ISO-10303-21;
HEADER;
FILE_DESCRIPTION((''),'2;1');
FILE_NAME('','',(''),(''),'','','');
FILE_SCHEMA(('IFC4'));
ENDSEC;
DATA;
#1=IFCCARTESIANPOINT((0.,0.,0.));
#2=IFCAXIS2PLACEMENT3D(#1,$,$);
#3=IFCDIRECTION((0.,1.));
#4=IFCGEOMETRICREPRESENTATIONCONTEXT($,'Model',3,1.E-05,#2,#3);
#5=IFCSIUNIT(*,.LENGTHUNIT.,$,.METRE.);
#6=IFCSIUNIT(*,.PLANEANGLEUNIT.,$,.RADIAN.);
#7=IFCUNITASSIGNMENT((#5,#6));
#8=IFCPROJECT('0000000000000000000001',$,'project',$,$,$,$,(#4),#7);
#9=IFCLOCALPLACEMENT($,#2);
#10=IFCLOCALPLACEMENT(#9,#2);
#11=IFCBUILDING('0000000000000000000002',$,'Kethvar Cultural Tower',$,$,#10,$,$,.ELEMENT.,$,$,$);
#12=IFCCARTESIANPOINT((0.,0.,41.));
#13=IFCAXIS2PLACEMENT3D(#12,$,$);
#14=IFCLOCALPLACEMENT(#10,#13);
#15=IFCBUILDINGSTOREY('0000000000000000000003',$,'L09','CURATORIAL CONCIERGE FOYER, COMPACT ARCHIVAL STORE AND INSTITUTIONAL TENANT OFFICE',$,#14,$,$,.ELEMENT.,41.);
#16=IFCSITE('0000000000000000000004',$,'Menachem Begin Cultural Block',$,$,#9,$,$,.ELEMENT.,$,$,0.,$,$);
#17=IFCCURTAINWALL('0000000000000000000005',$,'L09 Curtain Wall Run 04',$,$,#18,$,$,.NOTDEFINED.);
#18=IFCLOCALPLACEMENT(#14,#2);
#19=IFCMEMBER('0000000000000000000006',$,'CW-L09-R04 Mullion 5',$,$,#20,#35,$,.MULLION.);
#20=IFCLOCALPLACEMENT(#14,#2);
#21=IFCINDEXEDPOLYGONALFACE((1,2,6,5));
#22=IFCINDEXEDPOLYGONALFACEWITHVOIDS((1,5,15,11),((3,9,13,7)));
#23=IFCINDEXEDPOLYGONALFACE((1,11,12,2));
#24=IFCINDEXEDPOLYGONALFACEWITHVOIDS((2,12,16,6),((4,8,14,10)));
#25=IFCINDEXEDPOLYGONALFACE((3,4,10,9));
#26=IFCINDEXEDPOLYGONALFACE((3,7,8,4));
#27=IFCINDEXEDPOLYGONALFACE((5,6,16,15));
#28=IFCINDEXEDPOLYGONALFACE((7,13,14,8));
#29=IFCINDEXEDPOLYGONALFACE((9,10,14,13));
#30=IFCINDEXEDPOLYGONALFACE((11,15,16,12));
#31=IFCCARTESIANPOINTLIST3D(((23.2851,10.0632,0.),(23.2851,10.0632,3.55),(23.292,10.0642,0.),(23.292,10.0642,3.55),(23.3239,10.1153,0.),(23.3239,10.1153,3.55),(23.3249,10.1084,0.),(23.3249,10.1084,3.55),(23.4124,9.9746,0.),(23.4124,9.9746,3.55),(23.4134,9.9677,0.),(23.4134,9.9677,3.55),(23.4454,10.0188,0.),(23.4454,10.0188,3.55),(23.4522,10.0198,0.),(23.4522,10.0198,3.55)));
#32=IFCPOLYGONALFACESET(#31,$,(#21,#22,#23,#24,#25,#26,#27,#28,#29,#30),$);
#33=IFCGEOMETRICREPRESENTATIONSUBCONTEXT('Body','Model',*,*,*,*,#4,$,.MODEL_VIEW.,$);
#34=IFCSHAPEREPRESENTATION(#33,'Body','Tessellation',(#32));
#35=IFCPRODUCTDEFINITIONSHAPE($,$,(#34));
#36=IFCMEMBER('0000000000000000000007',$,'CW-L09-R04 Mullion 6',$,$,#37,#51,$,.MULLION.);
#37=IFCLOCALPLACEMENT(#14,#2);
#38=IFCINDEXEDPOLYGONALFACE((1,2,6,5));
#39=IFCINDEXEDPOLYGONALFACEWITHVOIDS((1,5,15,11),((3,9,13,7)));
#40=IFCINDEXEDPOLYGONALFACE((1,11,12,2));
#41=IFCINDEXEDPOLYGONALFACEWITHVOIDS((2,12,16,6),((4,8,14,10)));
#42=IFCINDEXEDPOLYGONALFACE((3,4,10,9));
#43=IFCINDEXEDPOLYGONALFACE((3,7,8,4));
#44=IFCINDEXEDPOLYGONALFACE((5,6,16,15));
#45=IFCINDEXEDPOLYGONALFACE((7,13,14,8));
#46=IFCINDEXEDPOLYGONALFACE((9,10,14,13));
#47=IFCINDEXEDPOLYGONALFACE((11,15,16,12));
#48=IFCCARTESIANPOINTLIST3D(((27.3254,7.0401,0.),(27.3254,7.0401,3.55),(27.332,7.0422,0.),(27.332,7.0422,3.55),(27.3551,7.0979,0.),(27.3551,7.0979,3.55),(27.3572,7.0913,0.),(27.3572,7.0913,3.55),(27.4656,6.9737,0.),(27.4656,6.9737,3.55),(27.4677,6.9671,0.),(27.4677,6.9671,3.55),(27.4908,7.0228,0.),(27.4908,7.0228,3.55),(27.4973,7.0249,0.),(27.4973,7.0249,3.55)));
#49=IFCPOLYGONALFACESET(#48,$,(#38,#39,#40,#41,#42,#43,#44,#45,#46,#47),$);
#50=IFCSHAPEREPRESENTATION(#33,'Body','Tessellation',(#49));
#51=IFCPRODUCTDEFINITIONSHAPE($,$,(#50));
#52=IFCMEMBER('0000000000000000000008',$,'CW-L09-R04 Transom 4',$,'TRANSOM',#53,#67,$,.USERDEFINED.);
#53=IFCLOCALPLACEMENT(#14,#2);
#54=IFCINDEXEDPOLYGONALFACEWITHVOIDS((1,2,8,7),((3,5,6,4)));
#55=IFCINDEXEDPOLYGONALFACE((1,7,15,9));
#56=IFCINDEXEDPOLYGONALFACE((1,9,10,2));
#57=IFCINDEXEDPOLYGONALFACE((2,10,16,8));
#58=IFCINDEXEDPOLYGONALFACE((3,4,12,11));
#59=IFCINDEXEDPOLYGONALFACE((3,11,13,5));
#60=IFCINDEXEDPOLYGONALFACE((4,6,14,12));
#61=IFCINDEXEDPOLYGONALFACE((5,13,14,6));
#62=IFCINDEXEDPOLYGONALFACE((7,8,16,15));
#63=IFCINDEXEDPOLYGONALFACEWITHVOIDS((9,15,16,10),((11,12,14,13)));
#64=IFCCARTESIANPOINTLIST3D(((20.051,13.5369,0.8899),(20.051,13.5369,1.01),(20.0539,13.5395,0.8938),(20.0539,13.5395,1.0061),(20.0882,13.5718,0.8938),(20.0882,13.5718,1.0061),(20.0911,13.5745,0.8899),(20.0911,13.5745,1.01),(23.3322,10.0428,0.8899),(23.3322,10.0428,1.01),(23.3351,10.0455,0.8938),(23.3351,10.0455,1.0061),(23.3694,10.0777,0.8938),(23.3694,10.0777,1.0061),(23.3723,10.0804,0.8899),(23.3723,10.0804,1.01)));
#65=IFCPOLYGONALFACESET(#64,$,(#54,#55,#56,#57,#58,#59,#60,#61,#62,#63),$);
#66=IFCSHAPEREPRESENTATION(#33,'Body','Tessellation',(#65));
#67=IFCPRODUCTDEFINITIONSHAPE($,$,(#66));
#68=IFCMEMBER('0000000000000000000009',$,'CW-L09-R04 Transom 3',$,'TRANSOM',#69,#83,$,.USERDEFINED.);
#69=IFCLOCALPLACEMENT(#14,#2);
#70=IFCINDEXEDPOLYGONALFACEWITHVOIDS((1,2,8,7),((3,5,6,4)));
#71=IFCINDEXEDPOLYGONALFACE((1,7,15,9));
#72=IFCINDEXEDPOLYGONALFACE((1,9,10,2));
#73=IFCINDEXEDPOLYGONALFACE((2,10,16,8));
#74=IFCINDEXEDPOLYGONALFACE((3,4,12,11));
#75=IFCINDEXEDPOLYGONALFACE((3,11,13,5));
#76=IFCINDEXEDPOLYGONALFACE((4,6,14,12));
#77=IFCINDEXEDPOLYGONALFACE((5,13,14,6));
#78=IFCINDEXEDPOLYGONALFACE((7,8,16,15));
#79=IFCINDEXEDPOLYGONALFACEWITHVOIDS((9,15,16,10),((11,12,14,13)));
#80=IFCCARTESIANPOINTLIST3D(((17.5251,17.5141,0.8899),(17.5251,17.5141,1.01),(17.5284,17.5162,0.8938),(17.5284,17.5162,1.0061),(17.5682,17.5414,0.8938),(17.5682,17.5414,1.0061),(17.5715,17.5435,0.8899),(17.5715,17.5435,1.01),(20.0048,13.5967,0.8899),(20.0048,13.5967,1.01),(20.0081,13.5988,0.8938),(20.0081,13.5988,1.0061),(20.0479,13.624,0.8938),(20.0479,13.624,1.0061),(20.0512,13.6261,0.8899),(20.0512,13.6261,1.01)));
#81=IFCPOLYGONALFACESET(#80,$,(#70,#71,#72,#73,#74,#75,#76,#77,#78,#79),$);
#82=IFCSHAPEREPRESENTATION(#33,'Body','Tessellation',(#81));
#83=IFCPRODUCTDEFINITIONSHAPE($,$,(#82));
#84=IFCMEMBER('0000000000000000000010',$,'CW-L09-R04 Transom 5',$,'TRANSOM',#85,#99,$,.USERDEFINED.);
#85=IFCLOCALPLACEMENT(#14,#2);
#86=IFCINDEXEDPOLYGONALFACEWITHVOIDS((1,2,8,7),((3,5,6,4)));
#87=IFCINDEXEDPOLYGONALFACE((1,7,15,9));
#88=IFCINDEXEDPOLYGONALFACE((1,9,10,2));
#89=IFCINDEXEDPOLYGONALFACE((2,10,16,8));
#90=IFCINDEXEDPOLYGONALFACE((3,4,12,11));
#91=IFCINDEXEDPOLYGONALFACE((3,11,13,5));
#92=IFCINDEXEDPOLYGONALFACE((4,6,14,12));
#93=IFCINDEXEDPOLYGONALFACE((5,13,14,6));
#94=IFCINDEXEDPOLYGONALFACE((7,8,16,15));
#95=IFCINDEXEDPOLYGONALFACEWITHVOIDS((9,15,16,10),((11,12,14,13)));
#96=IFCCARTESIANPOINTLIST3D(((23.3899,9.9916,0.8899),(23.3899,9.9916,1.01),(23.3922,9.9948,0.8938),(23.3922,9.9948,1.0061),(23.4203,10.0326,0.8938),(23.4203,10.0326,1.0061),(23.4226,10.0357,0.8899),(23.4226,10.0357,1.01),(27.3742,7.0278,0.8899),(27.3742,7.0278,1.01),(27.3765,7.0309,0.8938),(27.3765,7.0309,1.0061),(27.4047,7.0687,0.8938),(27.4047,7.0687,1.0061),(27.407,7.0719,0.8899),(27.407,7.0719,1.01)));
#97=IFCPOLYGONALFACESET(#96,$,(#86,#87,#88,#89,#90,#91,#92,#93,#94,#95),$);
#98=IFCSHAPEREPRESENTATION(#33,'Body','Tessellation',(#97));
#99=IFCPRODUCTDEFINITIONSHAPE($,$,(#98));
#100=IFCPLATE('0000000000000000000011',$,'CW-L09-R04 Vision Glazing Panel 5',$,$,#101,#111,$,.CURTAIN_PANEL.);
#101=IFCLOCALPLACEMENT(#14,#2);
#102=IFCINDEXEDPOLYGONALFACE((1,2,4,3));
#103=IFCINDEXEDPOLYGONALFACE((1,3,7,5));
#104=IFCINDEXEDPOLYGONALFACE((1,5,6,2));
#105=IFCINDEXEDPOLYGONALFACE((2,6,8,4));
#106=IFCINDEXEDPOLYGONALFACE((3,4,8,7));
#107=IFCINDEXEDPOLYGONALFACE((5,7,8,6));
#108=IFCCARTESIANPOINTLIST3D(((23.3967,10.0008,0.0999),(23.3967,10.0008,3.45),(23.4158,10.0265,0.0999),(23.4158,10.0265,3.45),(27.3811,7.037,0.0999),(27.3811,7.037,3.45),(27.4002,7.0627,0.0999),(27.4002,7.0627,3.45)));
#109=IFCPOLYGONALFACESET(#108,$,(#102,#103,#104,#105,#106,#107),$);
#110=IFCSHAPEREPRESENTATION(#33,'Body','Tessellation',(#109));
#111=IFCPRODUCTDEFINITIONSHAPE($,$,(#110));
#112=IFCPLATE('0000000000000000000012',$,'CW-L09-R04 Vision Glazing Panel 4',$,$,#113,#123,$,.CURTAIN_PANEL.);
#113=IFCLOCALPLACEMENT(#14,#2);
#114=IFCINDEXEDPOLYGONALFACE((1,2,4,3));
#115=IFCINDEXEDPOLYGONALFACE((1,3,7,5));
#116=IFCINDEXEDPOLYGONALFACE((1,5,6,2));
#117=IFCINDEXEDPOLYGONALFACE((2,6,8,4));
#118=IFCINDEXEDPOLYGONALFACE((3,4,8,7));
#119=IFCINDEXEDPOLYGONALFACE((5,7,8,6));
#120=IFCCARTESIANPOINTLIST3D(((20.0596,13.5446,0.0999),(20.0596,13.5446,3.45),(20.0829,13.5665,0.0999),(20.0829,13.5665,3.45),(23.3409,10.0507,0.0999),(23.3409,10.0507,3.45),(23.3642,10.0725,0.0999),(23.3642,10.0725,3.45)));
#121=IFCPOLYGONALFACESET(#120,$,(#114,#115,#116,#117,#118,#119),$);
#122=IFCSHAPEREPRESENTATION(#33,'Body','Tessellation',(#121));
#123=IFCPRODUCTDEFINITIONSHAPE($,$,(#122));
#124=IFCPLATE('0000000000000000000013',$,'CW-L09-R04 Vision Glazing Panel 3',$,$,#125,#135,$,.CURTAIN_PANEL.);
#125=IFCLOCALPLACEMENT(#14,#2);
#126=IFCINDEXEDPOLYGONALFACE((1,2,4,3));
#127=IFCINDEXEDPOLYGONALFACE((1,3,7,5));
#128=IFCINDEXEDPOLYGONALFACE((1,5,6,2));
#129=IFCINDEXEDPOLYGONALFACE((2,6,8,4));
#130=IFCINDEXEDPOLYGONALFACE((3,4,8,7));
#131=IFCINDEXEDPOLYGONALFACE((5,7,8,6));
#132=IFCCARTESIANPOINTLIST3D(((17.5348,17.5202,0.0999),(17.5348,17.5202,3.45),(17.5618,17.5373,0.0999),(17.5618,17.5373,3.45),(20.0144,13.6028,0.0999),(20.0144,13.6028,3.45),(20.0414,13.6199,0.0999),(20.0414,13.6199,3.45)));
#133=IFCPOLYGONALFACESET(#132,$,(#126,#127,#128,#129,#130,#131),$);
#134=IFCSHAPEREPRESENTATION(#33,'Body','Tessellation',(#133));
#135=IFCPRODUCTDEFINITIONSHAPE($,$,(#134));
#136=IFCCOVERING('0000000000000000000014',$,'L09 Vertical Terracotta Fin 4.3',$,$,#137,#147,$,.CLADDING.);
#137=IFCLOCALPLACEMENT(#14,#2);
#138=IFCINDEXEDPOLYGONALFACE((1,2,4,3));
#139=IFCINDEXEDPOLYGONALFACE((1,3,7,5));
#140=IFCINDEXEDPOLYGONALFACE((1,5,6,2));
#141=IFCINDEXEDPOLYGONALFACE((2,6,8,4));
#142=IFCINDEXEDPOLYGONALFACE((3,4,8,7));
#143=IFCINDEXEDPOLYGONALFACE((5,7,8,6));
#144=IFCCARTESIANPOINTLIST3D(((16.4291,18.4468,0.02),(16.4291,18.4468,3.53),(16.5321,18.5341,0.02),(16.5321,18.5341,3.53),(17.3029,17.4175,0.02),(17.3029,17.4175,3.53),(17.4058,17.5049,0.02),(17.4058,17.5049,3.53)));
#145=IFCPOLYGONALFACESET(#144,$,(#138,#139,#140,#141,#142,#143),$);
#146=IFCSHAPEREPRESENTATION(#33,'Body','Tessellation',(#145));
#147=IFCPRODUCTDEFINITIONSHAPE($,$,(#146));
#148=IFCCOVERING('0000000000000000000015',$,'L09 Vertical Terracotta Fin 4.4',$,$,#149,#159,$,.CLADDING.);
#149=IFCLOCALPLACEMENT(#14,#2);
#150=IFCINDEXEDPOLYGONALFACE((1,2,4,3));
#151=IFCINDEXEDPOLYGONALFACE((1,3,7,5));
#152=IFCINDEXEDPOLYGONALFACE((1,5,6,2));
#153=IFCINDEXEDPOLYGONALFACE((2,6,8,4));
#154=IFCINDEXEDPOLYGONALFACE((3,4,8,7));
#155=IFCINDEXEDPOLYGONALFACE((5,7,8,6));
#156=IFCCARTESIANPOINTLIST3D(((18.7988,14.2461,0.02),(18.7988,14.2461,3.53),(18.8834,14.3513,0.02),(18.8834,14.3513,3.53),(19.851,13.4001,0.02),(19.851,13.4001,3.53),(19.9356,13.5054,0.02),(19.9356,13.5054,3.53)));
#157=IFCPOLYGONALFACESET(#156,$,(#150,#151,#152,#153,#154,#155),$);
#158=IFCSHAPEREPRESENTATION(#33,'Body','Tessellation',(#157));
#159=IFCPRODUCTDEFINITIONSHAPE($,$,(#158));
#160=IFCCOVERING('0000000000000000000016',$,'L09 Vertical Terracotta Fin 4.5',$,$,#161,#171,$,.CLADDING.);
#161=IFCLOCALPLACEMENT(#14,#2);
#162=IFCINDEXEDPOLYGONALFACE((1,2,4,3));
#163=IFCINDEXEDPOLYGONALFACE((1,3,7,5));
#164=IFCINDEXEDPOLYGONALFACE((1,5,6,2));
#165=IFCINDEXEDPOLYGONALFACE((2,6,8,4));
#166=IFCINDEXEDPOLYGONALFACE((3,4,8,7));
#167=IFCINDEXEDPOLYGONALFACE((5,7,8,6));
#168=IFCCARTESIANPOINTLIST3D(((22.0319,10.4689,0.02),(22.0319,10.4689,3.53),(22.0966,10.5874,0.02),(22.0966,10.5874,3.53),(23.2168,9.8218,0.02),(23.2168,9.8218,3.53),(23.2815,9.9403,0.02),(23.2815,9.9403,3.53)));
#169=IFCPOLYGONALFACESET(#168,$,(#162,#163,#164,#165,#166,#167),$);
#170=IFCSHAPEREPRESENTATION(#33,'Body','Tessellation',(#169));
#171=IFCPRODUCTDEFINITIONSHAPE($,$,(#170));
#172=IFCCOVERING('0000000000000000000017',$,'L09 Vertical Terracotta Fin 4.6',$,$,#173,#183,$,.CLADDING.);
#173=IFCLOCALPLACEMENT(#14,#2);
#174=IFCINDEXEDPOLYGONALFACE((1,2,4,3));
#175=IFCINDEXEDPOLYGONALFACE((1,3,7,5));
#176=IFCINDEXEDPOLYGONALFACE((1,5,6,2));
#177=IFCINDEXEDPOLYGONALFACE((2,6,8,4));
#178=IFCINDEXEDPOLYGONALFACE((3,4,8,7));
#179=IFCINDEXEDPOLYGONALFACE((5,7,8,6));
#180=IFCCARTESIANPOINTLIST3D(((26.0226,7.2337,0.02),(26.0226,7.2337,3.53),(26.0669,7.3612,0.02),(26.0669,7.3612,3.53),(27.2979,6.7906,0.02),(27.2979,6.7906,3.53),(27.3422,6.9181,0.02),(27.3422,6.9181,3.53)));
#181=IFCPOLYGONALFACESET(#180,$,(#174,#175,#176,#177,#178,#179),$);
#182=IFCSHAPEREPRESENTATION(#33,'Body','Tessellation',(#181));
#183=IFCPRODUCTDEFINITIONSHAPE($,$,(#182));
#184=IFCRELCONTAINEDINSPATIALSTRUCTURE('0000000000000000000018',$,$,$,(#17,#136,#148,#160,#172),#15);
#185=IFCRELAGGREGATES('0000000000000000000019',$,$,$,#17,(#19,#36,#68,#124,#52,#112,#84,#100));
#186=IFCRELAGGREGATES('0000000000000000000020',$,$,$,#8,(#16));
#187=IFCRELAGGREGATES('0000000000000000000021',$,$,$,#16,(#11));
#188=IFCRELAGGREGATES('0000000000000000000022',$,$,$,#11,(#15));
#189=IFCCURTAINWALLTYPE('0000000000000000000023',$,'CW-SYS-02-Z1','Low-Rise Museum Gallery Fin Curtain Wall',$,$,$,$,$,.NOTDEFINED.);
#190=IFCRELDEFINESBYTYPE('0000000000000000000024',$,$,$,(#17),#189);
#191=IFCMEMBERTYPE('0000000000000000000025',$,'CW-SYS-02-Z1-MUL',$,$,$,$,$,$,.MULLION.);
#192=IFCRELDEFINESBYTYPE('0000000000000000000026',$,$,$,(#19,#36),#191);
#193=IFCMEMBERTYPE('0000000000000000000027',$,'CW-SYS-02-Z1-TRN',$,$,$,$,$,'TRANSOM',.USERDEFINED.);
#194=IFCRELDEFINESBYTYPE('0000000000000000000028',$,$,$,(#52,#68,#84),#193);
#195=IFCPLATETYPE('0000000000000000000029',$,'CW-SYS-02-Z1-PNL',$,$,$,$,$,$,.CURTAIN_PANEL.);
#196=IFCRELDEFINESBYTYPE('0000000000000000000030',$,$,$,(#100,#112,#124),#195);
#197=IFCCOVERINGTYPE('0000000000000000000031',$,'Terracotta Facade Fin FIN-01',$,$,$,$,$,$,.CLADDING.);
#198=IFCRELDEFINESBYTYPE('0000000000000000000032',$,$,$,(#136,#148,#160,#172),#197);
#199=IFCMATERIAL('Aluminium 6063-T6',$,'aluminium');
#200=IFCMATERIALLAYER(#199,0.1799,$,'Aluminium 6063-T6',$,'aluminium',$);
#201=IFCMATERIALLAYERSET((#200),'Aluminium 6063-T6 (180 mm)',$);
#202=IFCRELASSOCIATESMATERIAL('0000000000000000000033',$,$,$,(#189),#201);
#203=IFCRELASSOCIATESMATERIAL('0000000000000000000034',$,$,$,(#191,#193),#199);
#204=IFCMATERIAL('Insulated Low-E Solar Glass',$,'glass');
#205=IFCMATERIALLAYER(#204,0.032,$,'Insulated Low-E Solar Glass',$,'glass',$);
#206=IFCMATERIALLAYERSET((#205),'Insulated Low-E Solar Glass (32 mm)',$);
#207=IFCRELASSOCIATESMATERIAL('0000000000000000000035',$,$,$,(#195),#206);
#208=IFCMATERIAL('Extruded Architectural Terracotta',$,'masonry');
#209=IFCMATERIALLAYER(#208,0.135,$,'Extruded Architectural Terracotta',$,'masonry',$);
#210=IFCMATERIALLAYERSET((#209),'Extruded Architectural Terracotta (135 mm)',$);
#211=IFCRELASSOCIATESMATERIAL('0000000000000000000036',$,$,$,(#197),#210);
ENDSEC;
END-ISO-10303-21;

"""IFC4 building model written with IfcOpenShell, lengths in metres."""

from ifc_helpers import new_model, si_unit, direction, frame, origin, origin_2d, place, context, subcontext, project, spatial, rectangle, hollow_rectangle, extrude, source, transform, mapped, material, layer, layer_set, material_profile, profile_set, type_object, element, aggregate, save


model = new_model("IFC4")

# Units and contexts
model_context = context("Model", 3, precision=1e-05, world=origin(), true_north=direction((0.0, 1.0)))
body_context = subcontext(model_context, "Body", "Model", "MODEL_VIEW")
ifc_project = project(units=[si_unit("LENGTHUNIT", "METRE"), si_unit("PLANEANGLEUNIT", "RADIAN")], contexts=[model_context])

# Site, building, storey
site_placement = place(None, origin())
site = spatial("IfcSite", under=ifc_project, at=site_placement, Name="Menachem Begin Cultural Block", CompositionType="ELEMENT", RefElevation=0.0)
building_placement = place(site_placement, origin())
building = spatial("IfcBuilding", under=site, at=building_placement, Name="Kethvar Cultural Tower", CompositionType="ELEMENT")
storey_placement = place(building_placement, frame((0.0, 0.0, 41.0)))
storey = spatial("IfcBuildingStorey", under=building, at=storey_placement, Name="L09", Description="CURATORIAL CONCIERGE FOYER, COMPACT ARCHIVAL STORE AND INSTITUTIONAL TENANT OFFICE", CompositionType="ELEMENT", Elevation=41.0)

# Curtain wall, members, plates
ifc_material_1 = material(Name="Aluminium 6063-T6", Category="aluminium")
ifc_layer_1 = layer(ifc_material_1, 0.1799, Name="Aluminium 6063-T6", Category="aluminium")
ifc_layer_set_1 = layer_set([ifc_layer_1], Name="Aluminium 6063-T6 (180 mm)")
curtain_wall_type = type_object("IfcCurtainWallType", Name="CW-SYS-02-Z1", Description="Low-Rise Museum Gallery Fin Curtain Wall", PredefinedType="NOTDEFINED", material=ifc_layer_set_1)
curtain_wall_placement = place(storey_placement, origin())
curtain_wall = element("IfcCurtainWall", 1, at=curtain_wall_placement, inside=storey, type_object=curtain_wall_type, Name="L09 Curtain Wall Run 04", PredefinedType="NOTDEFINED")
ifc_material_profile_1 = material_profile(ifc_material_1, hollow_rectangle(XDim=0.0649, YDim=0.1599, WallThickness=0.0049, at=origin_2d()), Name="Aluminium 6063-T6 — RHS160x65x5")
ifc_profile_set_1 = profile_set([ifc_material_profile_1], Name="Aluminium 6063-T6 — RHS160x65x5")
member_type_1 = type_object("IfcMemberType", Name="CW-SYS-02-Z1-MUL", PredefinedType="MULLION", material=ifc_profile_set_1)
shared_shape_1 = source(origin(), body_context, "Body", "SweptSolid", [
    extrude(hollow_rectangle(XDim=0.0649, YDim=0.1599, WallThickness=0.0049, at=origin_2d()), origin(), (0.0, 0.0, 1.0), 3.55),
])
member_1_placement = place(storey_placement, frame((23.3687, 10.0415, 0.0), z_axis=(0.0, 0.0, 1.0), x_axis=(0.596841, 0.802359, 0.0)))
member_1 = element("IfcMember", 2, at=member_1_placement, type_object=member_type_1, Name="CW-L09-R04 Mullion 5", PredefinedType="MULLION", context=body_context, shape_type="MappedRepresentation", body=[
    mapped(shared_shape_1, transform((0.0, 0.0, 0.0), scale=1.0)),
])
member_2_placement = place(storey_placement, frame((27.4114, 7.0325, 0.0), z_axis=(0.0, 0.0, 1.0), x_axis=(0.456415, 0.889767, 0.0)))
member_2 = element("IfcMember", 3, at=member_2_placement, type_object=member_type_1, Name="CW-L09-R04 Mullion 6", PredefinedType="MULLION", context=body_context, shape_type="MappedRepresentation", body=[
    mapped(shared_shape_1, transform((0.0, 0.0, 0.0), scale=1.0)),
])
ifc_material_profile_2 = material_profile(ifc_material_1, hollow_rectangle(XDim=0.0549, YDim=0.1201, WallThickness=0.0039, at=origin_2d()), Name="Aluminium 6063-T6 — RHS120x55x4")
ifc_profile_set_2 = profile_set([ifc_material_profile_2], Name="Aluminium 6063-T6 — RHS120x55x4")
member_type_2 = type_object("IfcMemberType", Name="CW-SYS-02-Z1-TRN", ElementType="TRANSOM", PredefinedType="USERDEFINED", material=ifc_profile_set_2)
shared_shape_2 = source(origin(), body_context, "Body", "SweptSolid", [
    extrude(hollow_rectangle(XDim=0.0549, YDim=0.1201, WallThickness=0.0039, at=origin_2d()), origin(), (0.0, 0.0, 1.0), 4.7932),
])
member_3_placement = place(storey_placement, frame((20.071, 13.5557, 0.95), z_axis=(0.684551, -0.728965, 0.0), x_axis=(0.728965, 0.684551, 0.0)))
member_3 = element("IfcMember", 4, at=member_3_placement, type_object=member_type_2, Name="CW-L09-R04 Transom 4", ObjectType="TRANSOM", PredefinedType="USERDEFINED", context=body_context, shape_type="MappedRepresentation", body=[
    mapped(shared_shape_2, transform((0.0, 0.0, 0.0), scale=1.0)),
])
shared_shape_3 = source(origin(), body_context, "Body", "SweptSolid", [
    extrude(hollow_rectangle(XDim=0.0549, YDim=0.1201, WallThickness=0.0039, at=origin_2d()), origin(), (0.0, 0.0, 1.0), 4.6362),
])
member_4_placement = place(storey_placement, frame((17.5483, 17.5288, 0.95), z_axis=(0.534847, -0.844949, 0.0), x_axis=(0.844949, 0.534847, 0.0)))
member_4 = element("IfcMember", 5, at=member_4_placement, type_object=member_type_2, Name="CW-L09-R04 Transom 3", ObjectType="TRANSOM", PredefinedType="USERDEFINED", context=body_context, shape_type="MappedRepresentation", body=[
    mapped(shared_shape_3, transform((0.0, 0.0, 0.0), scale=1.0)),
])
shared_shape_4 = source(origin(), body_context, "Body", "SweptSolid", [
    extrude(hollow_rectangle(XDim=0.0549, YDim=0.1201, WallThickness=0.0039, at=origin_2d()), origin(), (0.0, 0.0, 1.0), 4.9658),
])
member_5_placement = place(storey_placement, frame((23.4062, 10.0137, 0.95), z_axis=(0.802354, -0.596849, 0.0), x_axis=(0.596849, 0.802354, 0.0)))
member_5 = element("IfcMember", 6, at=member_5_placement, type_object=member_type_2, Name="CW-L09-R04 Transom 5", ObjectType="TRANSOM", PredefinedType="USERDEFINED", context=body_context, shape_type="MappedRepresentation", body=[
    mapped(shared_shape_4, transform((0.0, 0.0, 0.0), scale=1.0)),
])
ifc_material_2 = material(Name="Insulated Low-E Solar Glass", Category="glass")
ifc_layer_2 = layer(ifc_material_2, 0.032, Name="Insulated Low-E Solar Glass", Category="glass")
ifc_layer_set_2 = layer_set([ifc_layer_2], Name="Insulated Low-E Solar Glass (32 mm)")
plate_type = type_object("IfcPlateType", Name="CW-SYS-02-Z1-PNL", PredefinedType="CURTAIN_PANEL", material=ifc_layer_set_2)
shared_shape_5 = source(origin(), body_context, "Body", "SweptSolid", [
    extrude(rectangle(XDim=4.9658, YDim=0.032, at=origin_2d()), origin(), (0.0, 0.0, 1.0), 3.3501),
])
plate_1_placement = place(storey_placement, frame((25.3984, 8.5317, 0.0999), z_axis=(0.0, 0.0, 1.0), x_axis=(0.802359, -0.596841, 0.0)))
plate_1 = element("IfcPlate", 7, at=plate_1_placement, type_object=plate_type, Name="CW-L09-R04 Vision Glazing Panel 5", PredefinedType="CURTAIN_PANEL", context=body_context, shape_type="MappedRepresentation", body=[
    mapped(shared_shape_5, transform((0.0, 0.0, 0.0), scale=1.0)),
])
shared_shape_6 = source(origin(), body_context, "Body", "SweptSolid", [
    extrude(rectangle(XDim=4.7932, YDim=0.032, at=origin_2d()), origin(), (0.0, 0.0, 1.0), 3.3501),
])
plate_2_placement = place(storey_placement, frame((21.7119, 11.8086, 0.0999), z_axis=(0.0, 0.0, 1.0), x_axis=(0.684573, -0.728945, 0.0)))
plate_2 = element("IfcPlate", 8, at=plate_2_placement, type_object=plate_type, Name="CW-L09-R04 Vision Glazing Panel 4", PredefinedType="CURTAIN_PANEL", context=body_context, shape_type="MappedRepresentation", body=[
    mapped(shared_shape_6, transform((0.0, 0.0, 0.0), scale=1.0)),
])
shared_shape_7 = source(origin(), body_context, "Body", "SweptSolid", [
    extrude(rectangle(XDim=4.6362, YDim=0.032, at=origin_2d()), origin(), (0.0, 0.0, 1.0), 3.3501),
])
plate_3_placement = place(storey_placement, frame((18.7881, 15.5701, 0.0999), z_axis=(0.0, 0.0, 1.0), x_axis=(0.534839, -0.844954, 0.0)))
plate_3 = element("IfcPlate", 9, at=plate_3_placement, type_object=plate_type, Name="CW-L09-R04 Vision Glazing Panel 3", PredefinedType="CURTAIN_PANEL", context=body_context, shape_type="MappedRepresentation", body=[
    mapped(shared_shape_7, transform((0.0, 0.0, 0.0), scale=1.0)),
])
aggregate(curtain_wall, [member_1, member_2, member_4, plate_3, member_3, plate_2, member_5, plate_1])

# Coverings
ifc_material_3 = material(Name="Extruded Architectural Terracotta", Category="masonry")
ifc_layer_3 = layer(ifc_material_3, 0.135, Name="Extruded Architectural Terracotta", Category="masonry")
ifc_layer_set_3 = layer_set([ifc_layer_3], Name="Extruded Architectural Terracotta (135 mm)")
covering_type = type_object("IfcCoveringType", Name="Terracotta Facade Fin FIN-01", PredefinedType="CLADDING", material=ifc_layer_set_3)
shared_shape_8 = source(origin(), body_context, "Body", "SweptSolid", [
    extrude(rectangle(XDim=1.3501, YDim=0.135, at=origin_2d()), origin(), (0.0, 0.0, 1.0), 3.51),
])
for number, where, z_axis, x_axis, name in (
    (10, (16.9175, 17.9758, 0.02), (0.0, 0.0, 1.0), (-0.647189, 0.76233, 0.0), "L09 Vertical Terracotta Fin 4.3"),
    (11, (19.3672, 13.8757, 0.02), (0.0, 0.0, 1.0), (-0.779338, 0.626604, 0.0), "L09 Vertical Terracotta Fin 4.4"),
    (12, (22.6567, 10.2046, 0.02), (0.0, 0.0, 1.0), (-0.877649, 0.479305, 0.0), "L09 Vertical Terracotta Fin 4.5"),
    (13, (26.6824, 7.0759, 0.02), (0.0, 0.0, 1.0), (-0.944606, 0.328207, 0.0), "L09 Vertical Terracotta Fin 4.6"),
):
    element("IfcCovering", number, at=place(storey_placement, frame(where, z_axis=z_axis, x_axis=x_axis)), inside=storey, type_object=covering_type, Name=name, PredefinedType="CLADDING", context=body_context, shape_type="MappedRepresentation", body=[
        mapped(shared_shape_8, transform((0.0, 0.0, 0.0), scale=1.0)),
    ])

save(model, "model.ifc")
